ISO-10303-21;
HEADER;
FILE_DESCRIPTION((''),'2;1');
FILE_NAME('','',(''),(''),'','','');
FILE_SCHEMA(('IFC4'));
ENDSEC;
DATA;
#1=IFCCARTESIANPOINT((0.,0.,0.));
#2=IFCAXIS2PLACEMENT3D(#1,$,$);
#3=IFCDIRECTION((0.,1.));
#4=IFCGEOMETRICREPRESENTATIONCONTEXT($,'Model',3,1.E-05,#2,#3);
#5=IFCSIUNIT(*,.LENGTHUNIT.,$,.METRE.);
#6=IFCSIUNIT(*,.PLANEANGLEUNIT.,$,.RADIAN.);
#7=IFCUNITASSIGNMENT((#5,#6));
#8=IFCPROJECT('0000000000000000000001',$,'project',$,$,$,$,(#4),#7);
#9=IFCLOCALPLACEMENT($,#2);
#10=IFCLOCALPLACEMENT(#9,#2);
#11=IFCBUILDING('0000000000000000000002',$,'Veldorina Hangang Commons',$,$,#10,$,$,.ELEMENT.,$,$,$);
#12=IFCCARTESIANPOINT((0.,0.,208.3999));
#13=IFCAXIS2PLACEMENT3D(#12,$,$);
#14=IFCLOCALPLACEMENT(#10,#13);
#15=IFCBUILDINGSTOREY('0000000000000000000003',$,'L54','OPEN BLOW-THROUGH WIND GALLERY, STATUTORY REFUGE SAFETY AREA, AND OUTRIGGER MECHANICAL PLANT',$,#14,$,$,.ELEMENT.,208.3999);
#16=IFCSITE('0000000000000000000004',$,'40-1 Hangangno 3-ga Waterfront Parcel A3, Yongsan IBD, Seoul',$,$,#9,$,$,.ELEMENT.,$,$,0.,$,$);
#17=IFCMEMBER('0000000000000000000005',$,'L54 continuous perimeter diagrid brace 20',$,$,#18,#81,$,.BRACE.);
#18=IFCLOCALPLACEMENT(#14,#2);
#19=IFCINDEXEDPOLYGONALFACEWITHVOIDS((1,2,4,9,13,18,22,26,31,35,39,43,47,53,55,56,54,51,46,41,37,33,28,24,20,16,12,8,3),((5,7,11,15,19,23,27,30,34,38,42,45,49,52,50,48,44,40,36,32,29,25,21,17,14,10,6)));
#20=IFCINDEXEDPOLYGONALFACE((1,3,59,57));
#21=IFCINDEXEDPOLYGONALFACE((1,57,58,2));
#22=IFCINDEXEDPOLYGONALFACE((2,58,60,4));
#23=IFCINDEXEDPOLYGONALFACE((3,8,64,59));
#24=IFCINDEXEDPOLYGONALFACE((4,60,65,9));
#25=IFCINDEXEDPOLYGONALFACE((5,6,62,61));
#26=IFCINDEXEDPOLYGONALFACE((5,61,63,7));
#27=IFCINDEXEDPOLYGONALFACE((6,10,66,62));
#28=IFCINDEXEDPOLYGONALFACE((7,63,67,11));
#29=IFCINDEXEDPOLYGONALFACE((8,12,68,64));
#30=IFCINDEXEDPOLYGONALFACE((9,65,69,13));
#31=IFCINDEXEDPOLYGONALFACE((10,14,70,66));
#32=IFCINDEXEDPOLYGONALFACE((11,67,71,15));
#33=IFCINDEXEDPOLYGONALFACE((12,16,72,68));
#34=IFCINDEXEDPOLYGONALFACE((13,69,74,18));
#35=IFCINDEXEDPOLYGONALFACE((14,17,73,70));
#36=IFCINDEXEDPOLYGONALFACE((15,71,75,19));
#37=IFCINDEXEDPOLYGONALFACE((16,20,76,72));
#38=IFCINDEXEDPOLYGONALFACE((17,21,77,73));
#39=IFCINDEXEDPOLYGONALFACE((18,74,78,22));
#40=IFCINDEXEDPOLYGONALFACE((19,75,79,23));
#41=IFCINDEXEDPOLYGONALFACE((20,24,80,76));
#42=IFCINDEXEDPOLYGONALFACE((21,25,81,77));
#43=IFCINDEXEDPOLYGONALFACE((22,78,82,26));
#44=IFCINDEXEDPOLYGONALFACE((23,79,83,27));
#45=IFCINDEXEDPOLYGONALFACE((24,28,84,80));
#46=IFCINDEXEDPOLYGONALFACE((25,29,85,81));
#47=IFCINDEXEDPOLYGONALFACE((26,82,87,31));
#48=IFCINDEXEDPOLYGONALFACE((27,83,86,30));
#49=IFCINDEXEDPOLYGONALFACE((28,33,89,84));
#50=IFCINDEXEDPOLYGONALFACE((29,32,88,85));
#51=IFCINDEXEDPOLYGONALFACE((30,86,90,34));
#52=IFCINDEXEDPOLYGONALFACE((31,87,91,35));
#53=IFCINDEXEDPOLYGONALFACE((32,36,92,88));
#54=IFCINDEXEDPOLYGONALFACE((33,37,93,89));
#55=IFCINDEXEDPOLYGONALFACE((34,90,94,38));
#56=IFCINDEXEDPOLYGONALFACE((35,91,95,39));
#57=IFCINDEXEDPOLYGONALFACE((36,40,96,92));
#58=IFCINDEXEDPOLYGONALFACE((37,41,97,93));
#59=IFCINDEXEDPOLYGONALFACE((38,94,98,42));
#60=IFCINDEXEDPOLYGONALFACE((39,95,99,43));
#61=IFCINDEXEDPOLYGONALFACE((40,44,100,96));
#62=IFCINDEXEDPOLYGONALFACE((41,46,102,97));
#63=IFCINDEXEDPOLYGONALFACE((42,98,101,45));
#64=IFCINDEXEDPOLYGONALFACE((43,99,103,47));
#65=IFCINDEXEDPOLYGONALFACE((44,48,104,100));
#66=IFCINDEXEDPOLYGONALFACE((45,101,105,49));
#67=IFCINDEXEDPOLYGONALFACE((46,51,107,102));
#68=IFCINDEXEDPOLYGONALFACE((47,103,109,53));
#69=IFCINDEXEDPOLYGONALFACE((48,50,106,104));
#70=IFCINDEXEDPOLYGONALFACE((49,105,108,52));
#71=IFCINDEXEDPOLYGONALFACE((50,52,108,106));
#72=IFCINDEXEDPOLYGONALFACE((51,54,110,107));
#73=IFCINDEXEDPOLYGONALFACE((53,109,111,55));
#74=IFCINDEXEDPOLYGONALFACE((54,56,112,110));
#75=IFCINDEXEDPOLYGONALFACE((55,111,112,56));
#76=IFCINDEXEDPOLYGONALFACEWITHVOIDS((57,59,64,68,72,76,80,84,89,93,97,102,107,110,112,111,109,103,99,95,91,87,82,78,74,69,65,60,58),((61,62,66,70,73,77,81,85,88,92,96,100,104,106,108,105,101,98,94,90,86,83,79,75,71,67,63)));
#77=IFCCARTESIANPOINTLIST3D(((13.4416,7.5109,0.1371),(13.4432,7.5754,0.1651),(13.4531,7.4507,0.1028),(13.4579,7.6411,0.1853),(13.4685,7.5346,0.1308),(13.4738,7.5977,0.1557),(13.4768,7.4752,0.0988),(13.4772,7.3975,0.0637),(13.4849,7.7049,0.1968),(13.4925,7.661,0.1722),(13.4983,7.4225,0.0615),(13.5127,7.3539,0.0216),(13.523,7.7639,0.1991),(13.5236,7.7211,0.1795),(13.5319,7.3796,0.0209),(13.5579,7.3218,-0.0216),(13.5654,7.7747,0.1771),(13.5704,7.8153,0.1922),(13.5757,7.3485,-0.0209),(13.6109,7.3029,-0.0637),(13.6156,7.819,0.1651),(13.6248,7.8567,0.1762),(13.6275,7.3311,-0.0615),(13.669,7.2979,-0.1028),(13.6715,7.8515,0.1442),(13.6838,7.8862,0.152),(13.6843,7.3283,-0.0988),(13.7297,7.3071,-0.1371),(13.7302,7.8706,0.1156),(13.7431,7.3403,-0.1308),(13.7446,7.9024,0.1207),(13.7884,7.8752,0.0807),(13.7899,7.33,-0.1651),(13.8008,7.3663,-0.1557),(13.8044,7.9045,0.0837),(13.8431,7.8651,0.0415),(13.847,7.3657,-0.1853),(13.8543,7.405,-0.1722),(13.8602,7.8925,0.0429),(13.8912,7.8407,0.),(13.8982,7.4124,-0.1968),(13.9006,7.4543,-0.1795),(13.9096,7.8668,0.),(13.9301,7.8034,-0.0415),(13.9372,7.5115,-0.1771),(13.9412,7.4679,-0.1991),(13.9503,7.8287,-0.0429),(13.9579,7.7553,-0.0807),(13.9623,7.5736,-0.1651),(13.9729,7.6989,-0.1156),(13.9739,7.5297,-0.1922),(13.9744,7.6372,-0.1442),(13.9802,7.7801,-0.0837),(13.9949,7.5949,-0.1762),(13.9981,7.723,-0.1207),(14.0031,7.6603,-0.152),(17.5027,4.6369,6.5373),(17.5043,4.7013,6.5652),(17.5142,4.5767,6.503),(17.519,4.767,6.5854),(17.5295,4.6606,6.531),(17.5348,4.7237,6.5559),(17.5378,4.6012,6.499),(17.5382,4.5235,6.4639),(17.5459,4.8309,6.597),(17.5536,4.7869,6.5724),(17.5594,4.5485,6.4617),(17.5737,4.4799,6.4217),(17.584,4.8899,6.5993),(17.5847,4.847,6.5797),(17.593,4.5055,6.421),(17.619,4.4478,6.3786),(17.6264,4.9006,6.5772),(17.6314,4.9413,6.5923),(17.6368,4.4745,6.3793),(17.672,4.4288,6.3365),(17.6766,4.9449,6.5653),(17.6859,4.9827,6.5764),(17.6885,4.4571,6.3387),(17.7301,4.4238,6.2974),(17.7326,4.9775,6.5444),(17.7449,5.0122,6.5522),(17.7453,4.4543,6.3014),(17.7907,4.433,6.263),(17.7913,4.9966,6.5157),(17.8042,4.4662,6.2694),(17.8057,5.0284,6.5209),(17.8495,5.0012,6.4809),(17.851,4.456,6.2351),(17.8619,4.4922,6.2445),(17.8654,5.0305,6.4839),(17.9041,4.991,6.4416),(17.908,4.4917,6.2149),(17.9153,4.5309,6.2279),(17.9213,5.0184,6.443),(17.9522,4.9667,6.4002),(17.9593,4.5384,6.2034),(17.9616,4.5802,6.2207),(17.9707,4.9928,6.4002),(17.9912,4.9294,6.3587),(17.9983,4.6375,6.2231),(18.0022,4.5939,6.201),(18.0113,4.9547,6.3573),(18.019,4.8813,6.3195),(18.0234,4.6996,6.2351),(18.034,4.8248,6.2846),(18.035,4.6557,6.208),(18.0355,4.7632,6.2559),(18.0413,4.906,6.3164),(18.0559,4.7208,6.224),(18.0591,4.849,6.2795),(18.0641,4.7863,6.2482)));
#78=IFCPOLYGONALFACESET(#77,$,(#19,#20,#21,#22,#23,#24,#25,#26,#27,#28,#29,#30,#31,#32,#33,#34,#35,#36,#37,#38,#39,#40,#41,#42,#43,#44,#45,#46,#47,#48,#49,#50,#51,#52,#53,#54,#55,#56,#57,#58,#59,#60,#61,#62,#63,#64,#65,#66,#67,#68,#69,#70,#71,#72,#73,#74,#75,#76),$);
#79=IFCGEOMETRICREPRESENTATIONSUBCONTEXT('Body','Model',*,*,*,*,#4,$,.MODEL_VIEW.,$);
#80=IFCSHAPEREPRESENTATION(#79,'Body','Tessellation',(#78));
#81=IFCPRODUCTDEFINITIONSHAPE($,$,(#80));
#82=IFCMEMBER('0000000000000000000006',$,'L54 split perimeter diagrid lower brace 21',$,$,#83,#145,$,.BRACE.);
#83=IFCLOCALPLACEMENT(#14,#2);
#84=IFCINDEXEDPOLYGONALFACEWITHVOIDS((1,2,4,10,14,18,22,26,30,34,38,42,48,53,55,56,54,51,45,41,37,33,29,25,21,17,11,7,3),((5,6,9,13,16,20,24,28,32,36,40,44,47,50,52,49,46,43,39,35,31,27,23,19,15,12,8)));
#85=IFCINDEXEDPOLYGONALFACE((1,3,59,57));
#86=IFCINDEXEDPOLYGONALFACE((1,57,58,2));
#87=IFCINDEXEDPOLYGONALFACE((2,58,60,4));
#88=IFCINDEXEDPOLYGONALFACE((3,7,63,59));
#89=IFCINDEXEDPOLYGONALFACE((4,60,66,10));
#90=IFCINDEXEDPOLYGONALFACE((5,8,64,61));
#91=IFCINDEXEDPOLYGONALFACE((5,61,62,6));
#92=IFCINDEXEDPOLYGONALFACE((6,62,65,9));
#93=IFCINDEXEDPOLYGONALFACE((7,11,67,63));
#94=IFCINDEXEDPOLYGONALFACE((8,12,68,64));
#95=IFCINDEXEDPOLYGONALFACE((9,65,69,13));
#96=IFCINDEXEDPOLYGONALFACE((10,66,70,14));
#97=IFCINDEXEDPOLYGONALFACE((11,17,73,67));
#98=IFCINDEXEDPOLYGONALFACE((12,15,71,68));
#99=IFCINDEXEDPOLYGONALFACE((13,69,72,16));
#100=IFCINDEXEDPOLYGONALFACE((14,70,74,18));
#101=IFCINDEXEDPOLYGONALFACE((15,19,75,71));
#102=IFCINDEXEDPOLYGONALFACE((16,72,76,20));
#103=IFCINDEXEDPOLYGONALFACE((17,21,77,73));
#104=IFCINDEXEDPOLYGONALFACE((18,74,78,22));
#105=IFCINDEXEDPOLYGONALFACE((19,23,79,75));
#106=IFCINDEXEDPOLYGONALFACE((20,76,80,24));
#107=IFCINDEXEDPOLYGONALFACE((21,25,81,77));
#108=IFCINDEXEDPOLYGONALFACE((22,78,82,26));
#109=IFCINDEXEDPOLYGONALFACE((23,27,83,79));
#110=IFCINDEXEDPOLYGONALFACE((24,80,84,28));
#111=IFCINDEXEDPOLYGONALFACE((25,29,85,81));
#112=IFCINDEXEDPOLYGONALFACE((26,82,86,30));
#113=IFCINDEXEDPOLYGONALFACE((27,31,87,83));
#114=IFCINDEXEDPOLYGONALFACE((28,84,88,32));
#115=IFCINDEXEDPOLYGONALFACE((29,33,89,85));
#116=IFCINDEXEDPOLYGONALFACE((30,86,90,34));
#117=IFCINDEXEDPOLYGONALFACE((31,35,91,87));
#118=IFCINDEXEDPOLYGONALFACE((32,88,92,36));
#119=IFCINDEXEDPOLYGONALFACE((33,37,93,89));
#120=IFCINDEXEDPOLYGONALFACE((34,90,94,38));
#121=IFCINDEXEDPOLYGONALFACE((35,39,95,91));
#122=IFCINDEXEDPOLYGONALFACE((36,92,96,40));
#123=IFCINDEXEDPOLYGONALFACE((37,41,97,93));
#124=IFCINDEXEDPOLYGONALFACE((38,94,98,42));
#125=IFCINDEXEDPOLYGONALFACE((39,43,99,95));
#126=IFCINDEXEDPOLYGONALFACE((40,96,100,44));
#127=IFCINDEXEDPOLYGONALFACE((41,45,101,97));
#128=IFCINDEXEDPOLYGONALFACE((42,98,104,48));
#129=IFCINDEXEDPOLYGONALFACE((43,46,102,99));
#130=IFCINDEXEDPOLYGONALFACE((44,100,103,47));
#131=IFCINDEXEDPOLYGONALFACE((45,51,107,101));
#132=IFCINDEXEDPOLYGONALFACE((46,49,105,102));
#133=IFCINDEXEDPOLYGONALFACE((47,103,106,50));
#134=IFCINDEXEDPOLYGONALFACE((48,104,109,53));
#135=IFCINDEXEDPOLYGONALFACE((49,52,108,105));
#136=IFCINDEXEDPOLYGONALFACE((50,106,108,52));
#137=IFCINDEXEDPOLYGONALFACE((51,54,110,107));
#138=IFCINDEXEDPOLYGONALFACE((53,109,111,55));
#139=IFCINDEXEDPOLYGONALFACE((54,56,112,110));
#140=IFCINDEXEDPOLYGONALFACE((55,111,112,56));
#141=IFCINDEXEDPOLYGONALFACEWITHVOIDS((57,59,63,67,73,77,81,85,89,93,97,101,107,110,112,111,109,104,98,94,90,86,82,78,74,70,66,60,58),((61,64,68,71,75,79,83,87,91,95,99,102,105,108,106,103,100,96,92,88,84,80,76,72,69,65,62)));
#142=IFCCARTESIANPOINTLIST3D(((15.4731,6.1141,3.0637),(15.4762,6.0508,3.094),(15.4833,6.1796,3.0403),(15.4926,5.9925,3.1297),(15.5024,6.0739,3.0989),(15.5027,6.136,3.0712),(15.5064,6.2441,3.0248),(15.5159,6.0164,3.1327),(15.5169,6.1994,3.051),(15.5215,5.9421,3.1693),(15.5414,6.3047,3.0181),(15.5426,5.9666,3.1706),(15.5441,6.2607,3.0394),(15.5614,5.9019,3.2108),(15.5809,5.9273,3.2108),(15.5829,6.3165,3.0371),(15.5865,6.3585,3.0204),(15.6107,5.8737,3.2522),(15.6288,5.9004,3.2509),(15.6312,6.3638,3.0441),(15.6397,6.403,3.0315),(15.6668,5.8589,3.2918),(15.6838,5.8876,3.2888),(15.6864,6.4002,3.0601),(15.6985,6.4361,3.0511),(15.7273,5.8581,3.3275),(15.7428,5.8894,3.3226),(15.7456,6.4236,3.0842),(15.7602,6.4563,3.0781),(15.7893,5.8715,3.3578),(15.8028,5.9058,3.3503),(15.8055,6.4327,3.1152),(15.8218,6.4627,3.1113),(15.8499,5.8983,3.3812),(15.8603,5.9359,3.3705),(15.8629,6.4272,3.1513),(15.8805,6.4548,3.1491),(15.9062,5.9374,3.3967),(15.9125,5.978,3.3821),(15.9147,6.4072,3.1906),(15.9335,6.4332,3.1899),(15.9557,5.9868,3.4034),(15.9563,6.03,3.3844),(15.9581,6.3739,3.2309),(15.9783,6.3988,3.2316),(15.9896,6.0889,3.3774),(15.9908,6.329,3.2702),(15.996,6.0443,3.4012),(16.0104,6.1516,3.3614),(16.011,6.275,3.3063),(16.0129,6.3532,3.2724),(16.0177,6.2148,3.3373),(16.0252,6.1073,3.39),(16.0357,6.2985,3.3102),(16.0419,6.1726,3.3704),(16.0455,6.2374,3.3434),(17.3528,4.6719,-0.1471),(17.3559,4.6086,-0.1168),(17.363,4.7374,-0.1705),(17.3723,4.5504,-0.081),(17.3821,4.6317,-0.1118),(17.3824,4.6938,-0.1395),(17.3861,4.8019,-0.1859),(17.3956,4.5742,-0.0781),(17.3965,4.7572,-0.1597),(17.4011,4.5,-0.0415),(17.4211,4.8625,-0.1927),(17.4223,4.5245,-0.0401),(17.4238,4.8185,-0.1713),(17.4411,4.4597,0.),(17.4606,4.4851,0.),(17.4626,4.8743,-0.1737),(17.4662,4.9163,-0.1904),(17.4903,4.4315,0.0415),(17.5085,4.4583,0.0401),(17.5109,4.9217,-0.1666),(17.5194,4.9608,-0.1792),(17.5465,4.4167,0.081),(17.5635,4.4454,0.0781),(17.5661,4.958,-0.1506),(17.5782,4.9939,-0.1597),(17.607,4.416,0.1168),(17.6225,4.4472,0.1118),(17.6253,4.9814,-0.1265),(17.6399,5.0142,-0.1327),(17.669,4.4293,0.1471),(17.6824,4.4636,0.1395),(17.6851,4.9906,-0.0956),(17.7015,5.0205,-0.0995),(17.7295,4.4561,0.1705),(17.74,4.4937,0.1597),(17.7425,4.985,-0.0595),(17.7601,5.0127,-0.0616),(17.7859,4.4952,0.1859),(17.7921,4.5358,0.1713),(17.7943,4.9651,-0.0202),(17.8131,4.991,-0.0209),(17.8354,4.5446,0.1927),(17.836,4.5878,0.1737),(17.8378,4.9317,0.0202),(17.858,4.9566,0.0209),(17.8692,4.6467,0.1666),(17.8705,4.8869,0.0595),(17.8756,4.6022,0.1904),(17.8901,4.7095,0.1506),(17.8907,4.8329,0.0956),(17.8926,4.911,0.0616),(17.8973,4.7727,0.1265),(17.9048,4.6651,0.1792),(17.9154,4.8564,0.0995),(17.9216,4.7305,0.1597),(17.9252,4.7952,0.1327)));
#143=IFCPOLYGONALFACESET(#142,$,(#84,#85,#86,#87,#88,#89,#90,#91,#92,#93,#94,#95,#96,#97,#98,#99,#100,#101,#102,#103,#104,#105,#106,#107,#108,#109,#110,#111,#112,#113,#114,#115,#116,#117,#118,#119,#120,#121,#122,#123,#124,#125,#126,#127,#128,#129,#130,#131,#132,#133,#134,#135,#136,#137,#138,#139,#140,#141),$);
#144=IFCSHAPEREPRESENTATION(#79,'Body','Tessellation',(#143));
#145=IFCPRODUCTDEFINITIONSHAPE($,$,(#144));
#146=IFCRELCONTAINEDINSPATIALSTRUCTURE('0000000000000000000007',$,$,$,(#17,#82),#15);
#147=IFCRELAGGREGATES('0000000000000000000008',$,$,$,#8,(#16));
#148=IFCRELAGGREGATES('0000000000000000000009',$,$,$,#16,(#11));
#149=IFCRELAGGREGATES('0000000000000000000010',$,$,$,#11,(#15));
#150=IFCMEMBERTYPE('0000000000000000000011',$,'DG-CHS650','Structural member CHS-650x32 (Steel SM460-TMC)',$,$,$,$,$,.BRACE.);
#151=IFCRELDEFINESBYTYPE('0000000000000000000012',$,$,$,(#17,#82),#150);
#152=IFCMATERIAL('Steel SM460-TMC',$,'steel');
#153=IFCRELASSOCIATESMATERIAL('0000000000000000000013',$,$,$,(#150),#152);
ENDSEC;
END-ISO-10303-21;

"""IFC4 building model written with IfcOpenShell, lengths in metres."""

from ifc_helpers import new_model, si_unit, direction, frame, origin, origin_2d, place, context, subcontext, project, spatial, hollow_circle, extrude, material, material_profile, profile_set, type_object, element, save


model = new_model("IFC4")

# Units and contexts
model_context = context("Model", 3, precision=1e-05, world=origin(), true_north=direction((0.0, 1.0)))
body_context = subcontext(model_context, "Body", "Model", "MODEL_VIEW")
ifc_project = project(units=[si_unit("LENGTHUNIT", "METRE"), si_unit("PLANEANGLEUNIT", "RADIAN")], contexts=[model_context])

# Site, building, storey
site_placement = place(None, origin())
site = spatial("IfcSite", under=ifc_project, at=site_placement, Name="40-1 Hangangno 3-ga Waterfront Parcel A3, Yongsan IBD, Seoul", CompositionType="ELEMENT", RefElevation=0.0)
building_placement = place(site_placement, origin())
building = spatial("IfcBuilding", under=site, at=building_placement, Name="Veldorina Hangang Commons", CompositionType="ELEMENT")
storey_placement = place(building_placement, frame((0.0, 0.0, 208.3999)))
storey = spatial("IfcBuildingStorey", under=building, at=storey_placement, Name="L54", Description="OPEN BLOW-THROUGH WIND GALLERY, STATUTORY REFUGE SAFETY AREA, AND OUTRIGGER MECHANICAL PLANT", CompositionType="ELEMENT", Elevation=208.3999)

# Shared definitions
ifc_material_1 = material(Name="Steel SM460-TMC", Category="steel")

# Members
ifc_material_profile_1 = material_profile(ifc_material_1, hollow_circle(Radius=0.325, WallThickness=0.032, at=origin_2d()), Name="CHS-650x32")
ifc_profile_set_1 = profile_set([ifc_material_profile_1], Name="Steel SM460-TMC")
member_type_1 = type_object("IfcMemberType", Name="DG-CHS650", Description="Structural member CHS-650x32 (Steel SM460-TMC)", PredefinedType="BRACE", material=ifc_profile_set_1)
member_1_placement = place(storey_placement, frame((13.7219, 7.6016, 0.0), z_axis=(0.500966, -0.354537, 0.789517), x_axis=(0.577677, 0.816266, 0.0)))
element("IfcMember", 1, at=member_1_placement, inside=storey, type_object=member_type_1, Name="L54 continuous perimeter diagrid brace 20", PredefinedType="BRACE", context=body_context, shape_type="SweptSolid", body=[
    extrude(hollow_circle(Radius=0.325, WallThickness=0.032, at=origin_2d()), origin(), (0.0, 0.0, 1.0), 8.1064),
])
member_2_placement = place(storey_placement, frame((17.6389, 4.7175, 0.0), z_axis=(-0.471069, 0.361424, 0.804653), x_axis=(-0.608719, -0.793386, 0.0)))
element("IfcMember", 2, at=member_2_placement, inside=storey, type_object=member_type_1, Name="L54 split perimeter diagrid lower brace 21", PredefinedType="BRACE", context=body_context, shape_type="SweptSolid", body=[
    extrude(hollow_circle(Radius=0.325, WallThickness=0.032, at=origin_2d()), origin(), (0.0, 0.0, 1.0), 3.9902),
])

save(model, "model.ifc")
